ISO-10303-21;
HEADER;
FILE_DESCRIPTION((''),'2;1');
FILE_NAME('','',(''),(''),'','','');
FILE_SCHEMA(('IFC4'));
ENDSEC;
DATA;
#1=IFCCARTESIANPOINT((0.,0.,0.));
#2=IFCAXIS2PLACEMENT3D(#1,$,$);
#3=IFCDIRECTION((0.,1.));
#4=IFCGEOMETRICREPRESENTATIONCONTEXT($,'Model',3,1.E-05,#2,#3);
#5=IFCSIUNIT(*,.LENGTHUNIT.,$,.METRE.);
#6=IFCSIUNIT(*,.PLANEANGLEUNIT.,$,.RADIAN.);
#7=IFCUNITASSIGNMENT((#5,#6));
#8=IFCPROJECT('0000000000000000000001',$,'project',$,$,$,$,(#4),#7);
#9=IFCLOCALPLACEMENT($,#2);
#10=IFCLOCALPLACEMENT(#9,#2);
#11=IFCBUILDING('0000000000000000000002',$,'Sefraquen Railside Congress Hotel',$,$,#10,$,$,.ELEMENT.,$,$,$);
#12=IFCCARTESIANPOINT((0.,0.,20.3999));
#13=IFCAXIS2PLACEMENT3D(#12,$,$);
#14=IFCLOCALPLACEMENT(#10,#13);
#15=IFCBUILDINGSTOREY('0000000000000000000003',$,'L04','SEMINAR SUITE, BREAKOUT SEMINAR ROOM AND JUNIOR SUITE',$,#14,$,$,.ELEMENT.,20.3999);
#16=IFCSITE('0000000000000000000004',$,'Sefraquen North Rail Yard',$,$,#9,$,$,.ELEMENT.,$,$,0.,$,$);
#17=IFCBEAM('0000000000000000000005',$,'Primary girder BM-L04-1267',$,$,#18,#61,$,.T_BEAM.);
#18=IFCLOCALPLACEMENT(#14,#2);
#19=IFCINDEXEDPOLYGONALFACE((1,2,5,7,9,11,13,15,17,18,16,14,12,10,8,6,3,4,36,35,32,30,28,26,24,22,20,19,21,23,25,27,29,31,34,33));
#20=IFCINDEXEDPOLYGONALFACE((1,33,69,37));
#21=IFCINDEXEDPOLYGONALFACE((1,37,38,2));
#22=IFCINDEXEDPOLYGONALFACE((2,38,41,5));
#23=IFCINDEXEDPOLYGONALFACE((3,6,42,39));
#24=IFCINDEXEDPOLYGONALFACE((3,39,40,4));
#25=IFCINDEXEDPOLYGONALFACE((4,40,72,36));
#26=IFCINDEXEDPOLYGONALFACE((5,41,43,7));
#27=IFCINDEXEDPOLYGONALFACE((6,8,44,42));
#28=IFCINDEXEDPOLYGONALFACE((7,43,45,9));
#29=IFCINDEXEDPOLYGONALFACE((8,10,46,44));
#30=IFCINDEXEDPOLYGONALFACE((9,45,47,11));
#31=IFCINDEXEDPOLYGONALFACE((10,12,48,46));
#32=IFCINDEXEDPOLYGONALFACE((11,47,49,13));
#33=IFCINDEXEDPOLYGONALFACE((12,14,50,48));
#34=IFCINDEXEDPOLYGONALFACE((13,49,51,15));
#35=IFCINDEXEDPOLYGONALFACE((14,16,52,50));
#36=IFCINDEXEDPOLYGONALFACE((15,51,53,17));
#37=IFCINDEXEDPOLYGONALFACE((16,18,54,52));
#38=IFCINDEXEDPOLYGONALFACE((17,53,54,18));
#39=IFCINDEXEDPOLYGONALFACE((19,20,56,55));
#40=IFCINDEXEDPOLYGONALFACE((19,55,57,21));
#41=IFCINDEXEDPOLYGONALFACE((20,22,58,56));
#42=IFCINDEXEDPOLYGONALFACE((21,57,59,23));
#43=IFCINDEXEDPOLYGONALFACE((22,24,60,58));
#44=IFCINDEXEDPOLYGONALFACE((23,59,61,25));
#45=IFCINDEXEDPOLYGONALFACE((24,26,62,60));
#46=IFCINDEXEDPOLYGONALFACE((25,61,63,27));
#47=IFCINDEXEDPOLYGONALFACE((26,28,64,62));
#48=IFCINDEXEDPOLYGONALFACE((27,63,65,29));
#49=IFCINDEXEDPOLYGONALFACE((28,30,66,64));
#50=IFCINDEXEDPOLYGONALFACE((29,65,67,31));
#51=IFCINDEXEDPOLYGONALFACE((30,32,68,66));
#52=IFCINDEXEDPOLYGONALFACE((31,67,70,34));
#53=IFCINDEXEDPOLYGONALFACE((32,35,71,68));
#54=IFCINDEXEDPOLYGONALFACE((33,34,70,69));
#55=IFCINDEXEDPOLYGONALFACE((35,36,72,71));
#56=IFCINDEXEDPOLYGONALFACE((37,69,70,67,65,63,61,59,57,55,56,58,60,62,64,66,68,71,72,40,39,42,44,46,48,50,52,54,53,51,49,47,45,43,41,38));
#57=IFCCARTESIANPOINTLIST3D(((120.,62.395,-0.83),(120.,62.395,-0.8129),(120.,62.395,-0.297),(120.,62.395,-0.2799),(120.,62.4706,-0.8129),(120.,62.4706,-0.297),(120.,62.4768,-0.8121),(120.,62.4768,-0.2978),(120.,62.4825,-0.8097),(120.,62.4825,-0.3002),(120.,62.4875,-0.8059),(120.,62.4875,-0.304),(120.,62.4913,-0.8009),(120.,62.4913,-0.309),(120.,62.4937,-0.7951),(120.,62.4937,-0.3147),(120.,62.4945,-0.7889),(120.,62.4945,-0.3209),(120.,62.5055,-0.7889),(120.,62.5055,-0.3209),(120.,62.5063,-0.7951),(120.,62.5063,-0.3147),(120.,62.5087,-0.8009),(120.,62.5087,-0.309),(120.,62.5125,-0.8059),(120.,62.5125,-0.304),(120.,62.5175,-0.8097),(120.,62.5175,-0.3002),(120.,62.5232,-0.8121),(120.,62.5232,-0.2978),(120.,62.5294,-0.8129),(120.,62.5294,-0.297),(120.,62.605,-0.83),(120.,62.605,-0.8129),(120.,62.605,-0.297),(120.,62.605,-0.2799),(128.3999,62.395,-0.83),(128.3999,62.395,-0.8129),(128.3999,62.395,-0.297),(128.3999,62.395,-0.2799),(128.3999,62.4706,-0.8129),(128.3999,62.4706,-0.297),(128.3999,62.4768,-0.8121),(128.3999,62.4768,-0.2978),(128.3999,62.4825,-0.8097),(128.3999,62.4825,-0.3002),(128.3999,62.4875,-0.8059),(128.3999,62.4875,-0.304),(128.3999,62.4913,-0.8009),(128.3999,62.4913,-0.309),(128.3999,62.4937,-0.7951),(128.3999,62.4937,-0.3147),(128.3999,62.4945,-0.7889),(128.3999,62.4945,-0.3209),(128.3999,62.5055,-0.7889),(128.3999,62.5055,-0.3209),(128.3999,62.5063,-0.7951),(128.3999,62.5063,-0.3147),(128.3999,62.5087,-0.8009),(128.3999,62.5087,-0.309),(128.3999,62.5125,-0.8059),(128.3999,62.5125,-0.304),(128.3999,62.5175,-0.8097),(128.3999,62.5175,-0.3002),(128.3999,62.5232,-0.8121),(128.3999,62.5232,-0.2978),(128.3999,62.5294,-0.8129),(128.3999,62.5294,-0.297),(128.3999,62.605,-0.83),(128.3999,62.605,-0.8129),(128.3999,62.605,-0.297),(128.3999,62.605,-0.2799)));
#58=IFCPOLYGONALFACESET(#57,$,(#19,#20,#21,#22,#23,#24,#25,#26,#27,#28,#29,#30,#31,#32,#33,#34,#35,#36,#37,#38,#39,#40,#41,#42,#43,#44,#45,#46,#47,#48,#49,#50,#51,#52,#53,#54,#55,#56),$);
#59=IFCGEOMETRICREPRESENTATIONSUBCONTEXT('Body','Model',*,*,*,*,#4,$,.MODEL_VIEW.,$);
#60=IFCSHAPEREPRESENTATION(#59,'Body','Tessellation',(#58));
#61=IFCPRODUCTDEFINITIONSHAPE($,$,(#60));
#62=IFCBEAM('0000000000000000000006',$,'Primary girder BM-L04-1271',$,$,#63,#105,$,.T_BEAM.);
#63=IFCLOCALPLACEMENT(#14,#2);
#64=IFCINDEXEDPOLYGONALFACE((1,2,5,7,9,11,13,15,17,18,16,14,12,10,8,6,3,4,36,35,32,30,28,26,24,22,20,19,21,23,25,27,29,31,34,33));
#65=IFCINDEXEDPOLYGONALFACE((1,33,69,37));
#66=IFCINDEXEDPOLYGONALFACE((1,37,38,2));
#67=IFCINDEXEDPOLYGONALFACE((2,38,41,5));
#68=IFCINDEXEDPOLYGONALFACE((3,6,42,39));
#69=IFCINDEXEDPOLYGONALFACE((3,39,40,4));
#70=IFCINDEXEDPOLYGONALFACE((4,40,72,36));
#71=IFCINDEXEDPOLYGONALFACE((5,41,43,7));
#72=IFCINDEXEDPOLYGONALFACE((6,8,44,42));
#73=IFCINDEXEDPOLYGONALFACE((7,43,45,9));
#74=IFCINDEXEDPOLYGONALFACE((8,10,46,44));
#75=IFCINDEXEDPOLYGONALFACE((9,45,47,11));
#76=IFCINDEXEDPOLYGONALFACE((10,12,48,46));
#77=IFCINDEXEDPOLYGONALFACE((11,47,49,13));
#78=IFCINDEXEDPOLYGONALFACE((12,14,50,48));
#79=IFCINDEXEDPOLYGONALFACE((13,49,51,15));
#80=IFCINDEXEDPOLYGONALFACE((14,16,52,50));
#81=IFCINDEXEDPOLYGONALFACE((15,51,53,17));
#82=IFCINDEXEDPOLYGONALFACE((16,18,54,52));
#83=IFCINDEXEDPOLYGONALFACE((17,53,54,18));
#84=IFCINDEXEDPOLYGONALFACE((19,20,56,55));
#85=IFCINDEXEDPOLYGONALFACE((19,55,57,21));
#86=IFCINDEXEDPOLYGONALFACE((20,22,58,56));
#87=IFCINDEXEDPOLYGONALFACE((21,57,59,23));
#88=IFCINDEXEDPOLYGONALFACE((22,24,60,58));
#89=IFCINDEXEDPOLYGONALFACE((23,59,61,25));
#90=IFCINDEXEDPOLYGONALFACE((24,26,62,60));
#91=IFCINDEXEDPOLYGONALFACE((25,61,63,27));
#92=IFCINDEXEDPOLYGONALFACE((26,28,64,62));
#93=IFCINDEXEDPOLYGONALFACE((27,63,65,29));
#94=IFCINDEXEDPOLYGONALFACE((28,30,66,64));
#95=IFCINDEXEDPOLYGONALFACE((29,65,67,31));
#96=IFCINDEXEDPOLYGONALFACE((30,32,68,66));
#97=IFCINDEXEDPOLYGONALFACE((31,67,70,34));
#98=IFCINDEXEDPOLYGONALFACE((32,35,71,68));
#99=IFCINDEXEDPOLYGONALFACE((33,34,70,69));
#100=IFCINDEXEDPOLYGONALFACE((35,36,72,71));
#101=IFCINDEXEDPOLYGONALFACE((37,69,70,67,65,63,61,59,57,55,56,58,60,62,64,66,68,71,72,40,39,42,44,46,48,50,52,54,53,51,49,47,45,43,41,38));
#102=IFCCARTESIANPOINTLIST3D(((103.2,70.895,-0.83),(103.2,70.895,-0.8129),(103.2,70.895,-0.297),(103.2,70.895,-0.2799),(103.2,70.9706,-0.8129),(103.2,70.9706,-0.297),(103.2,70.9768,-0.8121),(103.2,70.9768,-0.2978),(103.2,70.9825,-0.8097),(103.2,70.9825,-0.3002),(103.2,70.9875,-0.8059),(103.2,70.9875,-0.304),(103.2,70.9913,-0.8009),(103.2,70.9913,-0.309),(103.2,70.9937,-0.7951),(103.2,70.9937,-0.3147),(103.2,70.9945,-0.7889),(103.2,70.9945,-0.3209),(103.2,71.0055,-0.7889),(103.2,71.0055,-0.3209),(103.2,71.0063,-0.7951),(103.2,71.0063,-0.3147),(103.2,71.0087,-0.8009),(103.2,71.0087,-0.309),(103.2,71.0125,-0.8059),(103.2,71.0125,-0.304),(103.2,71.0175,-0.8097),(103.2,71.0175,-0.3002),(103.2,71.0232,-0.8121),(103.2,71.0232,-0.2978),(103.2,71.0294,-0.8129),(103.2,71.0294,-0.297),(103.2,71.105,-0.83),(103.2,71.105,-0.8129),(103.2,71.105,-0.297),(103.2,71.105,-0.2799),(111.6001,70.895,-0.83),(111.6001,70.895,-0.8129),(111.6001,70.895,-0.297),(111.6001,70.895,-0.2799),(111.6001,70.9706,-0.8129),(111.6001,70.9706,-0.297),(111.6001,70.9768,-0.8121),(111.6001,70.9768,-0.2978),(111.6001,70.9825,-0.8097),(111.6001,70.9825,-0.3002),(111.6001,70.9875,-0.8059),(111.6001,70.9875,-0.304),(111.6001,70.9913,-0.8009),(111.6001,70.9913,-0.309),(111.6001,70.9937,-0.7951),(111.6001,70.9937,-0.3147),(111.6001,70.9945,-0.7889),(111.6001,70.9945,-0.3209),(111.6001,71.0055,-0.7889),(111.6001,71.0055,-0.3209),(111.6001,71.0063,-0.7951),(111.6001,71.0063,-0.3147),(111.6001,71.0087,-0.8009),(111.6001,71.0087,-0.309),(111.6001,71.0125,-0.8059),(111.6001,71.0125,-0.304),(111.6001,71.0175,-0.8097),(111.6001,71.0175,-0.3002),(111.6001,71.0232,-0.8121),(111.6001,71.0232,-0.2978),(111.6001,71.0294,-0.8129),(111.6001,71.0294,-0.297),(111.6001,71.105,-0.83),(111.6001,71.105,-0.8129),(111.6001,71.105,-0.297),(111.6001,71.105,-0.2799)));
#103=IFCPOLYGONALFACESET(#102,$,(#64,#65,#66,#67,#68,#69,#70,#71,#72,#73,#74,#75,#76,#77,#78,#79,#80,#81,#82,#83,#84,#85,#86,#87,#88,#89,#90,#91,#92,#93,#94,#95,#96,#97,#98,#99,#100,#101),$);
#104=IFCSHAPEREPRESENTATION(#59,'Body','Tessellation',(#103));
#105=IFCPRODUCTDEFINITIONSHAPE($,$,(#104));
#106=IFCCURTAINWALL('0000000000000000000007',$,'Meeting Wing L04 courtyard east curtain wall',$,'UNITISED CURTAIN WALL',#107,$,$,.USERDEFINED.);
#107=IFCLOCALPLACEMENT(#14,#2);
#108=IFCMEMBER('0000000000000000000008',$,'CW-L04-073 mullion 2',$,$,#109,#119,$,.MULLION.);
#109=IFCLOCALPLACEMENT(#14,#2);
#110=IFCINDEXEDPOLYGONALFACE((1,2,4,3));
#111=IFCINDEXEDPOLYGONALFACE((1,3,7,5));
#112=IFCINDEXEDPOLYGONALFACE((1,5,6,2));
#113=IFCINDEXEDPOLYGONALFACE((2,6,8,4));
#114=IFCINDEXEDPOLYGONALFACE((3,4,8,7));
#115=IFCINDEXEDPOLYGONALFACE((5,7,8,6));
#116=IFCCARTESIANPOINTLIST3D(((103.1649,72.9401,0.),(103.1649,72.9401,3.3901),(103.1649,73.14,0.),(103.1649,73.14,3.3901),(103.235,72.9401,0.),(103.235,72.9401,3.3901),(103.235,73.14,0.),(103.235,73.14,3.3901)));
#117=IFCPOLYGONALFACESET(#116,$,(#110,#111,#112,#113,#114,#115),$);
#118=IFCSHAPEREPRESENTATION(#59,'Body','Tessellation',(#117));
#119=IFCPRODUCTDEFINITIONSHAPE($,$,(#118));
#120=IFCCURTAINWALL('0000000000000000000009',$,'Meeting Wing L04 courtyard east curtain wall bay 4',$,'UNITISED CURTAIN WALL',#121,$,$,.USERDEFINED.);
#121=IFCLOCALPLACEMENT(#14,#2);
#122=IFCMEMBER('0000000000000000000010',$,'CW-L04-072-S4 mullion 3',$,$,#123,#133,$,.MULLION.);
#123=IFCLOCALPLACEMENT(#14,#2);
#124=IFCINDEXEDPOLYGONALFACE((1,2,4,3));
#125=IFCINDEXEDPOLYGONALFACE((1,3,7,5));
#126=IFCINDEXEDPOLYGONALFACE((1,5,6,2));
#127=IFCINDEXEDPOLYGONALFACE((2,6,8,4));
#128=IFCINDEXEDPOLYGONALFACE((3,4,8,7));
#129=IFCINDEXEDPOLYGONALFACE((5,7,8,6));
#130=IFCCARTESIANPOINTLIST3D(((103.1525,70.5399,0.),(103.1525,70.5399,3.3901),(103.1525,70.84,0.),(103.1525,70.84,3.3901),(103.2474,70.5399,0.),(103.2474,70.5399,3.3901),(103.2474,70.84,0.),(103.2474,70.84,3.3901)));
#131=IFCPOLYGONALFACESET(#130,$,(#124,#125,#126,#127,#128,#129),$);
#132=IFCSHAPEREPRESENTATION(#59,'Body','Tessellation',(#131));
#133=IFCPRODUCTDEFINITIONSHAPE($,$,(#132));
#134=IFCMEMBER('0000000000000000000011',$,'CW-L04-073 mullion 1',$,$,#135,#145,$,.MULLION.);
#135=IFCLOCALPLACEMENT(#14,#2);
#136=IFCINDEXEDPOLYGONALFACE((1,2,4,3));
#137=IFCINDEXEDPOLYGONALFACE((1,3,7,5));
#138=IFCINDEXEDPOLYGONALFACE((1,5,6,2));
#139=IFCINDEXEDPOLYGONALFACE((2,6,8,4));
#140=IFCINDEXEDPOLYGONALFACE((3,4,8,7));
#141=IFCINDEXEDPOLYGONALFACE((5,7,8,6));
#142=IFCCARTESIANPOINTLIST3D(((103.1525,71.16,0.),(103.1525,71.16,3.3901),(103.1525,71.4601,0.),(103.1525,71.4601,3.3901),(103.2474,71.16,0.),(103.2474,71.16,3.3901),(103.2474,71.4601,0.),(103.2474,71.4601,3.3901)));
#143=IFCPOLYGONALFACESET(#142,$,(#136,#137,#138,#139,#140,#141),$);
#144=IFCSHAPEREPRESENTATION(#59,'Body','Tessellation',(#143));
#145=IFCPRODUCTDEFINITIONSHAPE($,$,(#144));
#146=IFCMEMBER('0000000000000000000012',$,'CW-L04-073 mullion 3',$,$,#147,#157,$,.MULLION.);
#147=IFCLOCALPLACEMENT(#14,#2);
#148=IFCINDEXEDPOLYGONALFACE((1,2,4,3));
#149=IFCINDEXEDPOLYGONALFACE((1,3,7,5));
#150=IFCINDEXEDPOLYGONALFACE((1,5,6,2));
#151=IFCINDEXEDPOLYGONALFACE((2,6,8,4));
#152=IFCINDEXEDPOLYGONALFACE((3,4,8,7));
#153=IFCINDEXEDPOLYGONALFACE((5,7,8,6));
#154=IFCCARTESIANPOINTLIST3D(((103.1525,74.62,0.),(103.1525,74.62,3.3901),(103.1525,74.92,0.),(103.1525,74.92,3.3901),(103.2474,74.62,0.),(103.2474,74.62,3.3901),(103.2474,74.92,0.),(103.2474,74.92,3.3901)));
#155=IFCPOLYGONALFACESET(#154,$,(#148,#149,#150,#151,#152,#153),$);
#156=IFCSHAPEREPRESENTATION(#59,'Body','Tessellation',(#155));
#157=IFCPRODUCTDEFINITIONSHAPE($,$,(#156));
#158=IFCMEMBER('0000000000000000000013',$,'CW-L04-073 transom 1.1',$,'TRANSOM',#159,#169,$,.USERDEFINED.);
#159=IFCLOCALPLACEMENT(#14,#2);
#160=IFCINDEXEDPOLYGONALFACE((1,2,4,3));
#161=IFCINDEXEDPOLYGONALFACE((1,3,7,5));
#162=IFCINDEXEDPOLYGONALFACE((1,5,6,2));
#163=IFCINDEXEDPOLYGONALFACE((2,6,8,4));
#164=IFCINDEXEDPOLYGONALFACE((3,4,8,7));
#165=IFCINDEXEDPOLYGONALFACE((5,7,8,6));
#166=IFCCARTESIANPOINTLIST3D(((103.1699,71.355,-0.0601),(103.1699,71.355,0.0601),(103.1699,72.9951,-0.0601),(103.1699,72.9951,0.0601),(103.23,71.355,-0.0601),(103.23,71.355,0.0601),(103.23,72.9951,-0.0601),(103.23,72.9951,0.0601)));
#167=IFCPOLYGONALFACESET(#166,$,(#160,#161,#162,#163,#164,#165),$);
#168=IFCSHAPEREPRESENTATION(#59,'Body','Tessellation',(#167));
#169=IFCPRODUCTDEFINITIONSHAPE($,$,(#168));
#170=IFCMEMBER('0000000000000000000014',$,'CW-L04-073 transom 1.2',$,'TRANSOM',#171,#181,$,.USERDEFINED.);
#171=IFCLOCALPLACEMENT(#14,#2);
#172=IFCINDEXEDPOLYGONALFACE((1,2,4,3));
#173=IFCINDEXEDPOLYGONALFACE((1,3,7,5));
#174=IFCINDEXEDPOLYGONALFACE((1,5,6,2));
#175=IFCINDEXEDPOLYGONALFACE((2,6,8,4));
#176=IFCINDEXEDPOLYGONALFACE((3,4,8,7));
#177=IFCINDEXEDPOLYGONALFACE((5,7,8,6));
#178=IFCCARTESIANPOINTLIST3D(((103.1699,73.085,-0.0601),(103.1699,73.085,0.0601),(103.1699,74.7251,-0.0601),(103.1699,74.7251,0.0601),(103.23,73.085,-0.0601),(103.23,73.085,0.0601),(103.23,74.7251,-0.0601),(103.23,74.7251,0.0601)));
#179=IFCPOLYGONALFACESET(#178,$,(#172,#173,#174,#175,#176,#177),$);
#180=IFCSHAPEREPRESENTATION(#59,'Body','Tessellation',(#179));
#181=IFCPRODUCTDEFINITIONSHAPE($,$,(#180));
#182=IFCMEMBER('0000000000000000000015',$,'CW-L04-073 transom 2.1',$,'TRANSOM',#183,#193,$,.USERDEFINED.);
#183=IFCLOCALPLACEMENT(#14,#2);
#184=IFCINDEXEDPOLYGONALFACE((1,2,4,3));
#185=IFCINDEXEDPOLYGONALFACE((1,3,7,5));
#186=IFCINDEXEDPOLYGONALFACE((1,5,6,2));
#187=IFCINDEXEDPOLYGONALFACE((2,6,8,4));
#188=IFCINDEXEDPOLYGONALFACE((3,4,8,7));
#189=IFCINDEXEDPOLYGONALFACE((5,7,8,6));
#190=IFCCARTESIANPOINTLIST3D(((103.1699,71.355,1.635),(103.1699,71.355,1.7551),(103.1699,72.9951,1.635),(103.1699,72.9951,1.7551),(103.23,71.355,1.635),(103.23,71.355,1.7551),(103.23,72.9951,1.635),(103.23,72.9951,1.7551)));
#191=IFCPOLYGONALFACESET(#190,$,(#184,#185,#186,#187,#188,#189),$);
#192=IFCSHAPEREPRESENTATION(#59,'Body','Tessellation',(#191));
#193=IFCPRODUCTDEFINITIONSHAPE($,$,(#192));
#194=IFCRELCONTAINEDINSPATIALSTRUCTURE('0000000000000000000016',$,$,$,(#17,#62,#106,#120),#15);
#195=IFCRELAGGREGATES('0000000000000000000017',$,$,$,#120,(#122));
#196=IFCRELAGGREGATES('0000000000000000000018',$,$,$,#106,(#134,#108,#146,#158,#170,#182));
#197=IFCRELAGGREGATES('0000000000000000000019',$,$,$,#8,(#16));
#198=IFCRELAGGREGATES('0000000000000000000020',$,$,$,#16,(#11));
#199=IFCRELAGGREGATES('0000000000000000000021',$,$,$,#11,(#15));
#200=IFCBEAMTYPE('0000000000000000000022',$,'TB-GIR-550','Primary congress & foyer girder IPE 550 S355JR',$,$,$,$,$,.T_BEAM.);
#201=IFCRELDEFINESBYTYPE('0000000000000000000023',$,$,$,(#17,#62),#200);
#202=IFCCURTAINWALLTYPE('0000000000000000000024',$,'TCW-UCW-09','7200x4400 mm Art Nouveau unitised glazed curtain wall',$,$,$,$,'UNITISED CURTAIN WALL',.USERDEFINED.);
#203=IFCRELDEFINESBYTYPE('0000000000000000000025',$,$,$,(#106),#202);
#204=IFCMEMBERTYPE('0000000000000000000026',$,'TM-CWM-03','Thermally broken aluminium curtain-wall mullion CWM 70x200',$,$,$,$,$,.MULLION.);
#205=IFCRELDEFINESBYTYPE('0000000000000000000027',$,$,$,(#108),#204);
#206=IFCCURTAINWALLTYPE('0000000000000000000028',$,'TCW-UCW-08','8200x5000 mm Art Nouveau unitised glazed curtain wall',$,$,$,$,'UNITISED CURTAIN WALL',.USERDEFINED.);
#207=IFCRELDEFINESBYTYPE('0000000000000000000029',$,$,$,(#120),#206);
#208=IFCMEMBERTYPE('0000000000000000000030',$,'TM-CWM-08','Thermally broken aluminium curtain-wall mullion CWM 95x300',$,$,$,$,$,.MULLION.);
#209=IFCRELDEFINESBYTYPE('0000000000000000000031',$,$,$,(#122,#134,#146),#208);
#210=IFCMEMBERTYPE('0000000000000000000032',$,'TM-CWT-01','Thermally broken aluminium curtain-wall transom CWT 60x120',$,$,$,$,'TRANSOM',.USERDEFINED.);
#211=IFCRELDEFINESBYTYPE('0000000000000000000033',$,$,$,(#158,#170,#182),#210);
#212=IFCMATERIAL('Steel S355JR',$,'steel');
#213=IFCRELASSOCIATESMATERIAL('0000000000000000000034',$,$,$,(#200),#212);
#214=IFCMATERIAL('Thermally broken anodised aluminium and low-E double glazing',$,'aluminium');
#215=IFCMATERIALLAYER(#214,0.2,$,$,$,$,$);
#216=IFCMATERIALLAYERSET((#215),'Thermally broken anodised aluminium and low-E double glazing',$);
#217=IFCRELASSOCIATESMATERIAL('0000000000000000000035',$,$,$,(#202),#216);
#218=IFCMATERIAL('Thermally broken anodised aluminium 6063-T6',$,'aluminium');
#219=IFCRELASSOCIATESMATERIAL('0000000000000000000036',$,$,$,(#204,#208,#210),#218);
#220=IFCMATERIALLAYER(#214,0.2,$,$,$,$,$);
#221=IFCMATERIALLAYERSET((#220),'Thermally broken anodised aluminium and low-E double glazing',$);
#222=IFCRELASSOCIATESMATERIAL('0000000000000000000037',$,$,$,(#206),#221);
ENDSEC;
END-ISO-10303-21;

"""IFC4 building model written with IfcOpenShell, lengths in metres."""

from ifc_helpers import new_model, si_unit, direction, frame, origin, origin_2d, place, context, subcontext, project, spatial, rectangle, i_section, extrude, material, layer, layer_set, material_profile, profile_set, type_object, element, aggregate, save


model = new_model("IFC4")

# Units and contexts
model_context = context("Model", 3, precision=1e-05, world=origin(), true_north=direction((0.0, 1.0)))
body_context = subcontext(model_context, "Body", "Model", "MODEL_VIEW")
ifc_project = project(units=[si_unit("LENGTHUNIT", "METRE"), si_unit("PLANEANGLEUNIT", "RADIAN")], contexts=[model_context])

# Site, building, storey
site_placement = place(None, origin())
site = spatial("IfcSite", under=ifc_project, at=site_placement, Name="Sefraquen North Rail Yard", CompositionType="ELEMENT", RefElevation=0.0)
building_placement = place(site_placement, origin())
building = spatial("IfcBuilding", under=site, at=building_placement, Name="Sefraquen Railside Congress Hotel", CompositionType="ELEMENT")
storey_placement = place(building_placement, frame((0.0, 0.0, 20.3999)))
storey = spatial("IfcBuildingStorey", under=building, at=storey_placement, Name="L04", Description="SEMINAR SUITE, BREAKOUT SEMINAR ROOM AND JUNIOR SUITE", CompositionType="ELEMENT", Elevation=20.3999)

# Shared definitions
ifc_material_1 = material(Name="Steel S355JR", Category="steel")

# Beams
ifc_material_profile_1 = material_profile(ifc_material_1, i_section(OverallWidth=0.21, OverallDepth=0.55, WebThickness=0.011, FlangeThickness=0.0171, FilletRadius=0.0239, at=origin_2d()), Name="IPE 550")
ifc_profile_set_1 = profile_set([ifc_material_profile_1], Name="Steel S355JR")
beam_type_1 = type_object("IfcBeamType", Name="TB-GIR-550", Description="Primary congress & foyer girder IPE 550 S355JR", PredefinedType="T_BEAM", material=ifc_profile_set_1)
for number, where, z_axis, x_axis, name in (
    (1, (120.0, 62.5, -0.5549), (1.0, 0.0, 0.0), (0.0, 1.0, 0.0), "Primary girder BM-L04-1267"),
):
    element("IfcBeam", number, at=place(storey_placement, frame(where, z_axis=z_axis, x_axis=x_axis)), inside=storey, type_object=beam_type_1, Name=name, PredefinedType="T_BEAM", context=body_context, shape_type="SweptSolid", body=[
        extrude(i_section(OverallWidth=0.21, OverallDepth=0.55, WebThickness=0.011, FlangeThickness=0.0171, FilletRadius=0.0239, at=origin_2d()), origin(), (0.0, 0.0, 1.0), 8.3999),
    ])
beam_placement = place(storey_placement, frame((103.2, 71.0, -0.5549), z_axis=(1.0, 0.0, 0.0), x_axis=(0.0, 1.0, 0.0)))
element("IfcBeam", 2, at=beam_placement, inside=storey, type_object=beam_type_1, Name="Primary girder BM-L04-1271", PredefinedType="T_BEAM", context=body_context, shape_type="SweptSolid", body=[
    extrude(i_section(OverallWidth=0.21, OverallDepth=0.55, WebThickness=0.011, FlangeThickness=0.0171, FilletRadius=0.0239, at=origin_2d()), origin(), (0.0, 0.0, 1.0), 8.4001),
])

# Curtain walls, members
ifc_material_2 = material(Name="Thermally broken anodised aluminium and low-E double glazing", Category="aluminium")
ifc_layer_1 = layer(ifc_material_2, 0.2)
ifc_layer_set_1 = layer_set([ifc_layer_1], Name="Thermally broken anodised aluminium and low-E double glazing")
curtain_wall_type_1 = type_object("IfcCurtainWallType", Name="TCW-UCW-09", Description="7200x4400 mm Art Nouveau unitised glazed curtain wall", ElementType="UNITISED CURTAIN WALL", PredefinedType="USERDEFINED", material=ifc_layer_set_1)
curtain_wall_1_placement = place(storey_placement, origin())
curtain_wall_1 = element("IfcCurtainWall", 3, at=curtain_wall_1_placement, inside=storey, type_object=curtain_wall_type_1, Name="Meeting Wing L04 courtyard east curtain wall", ObjectType="UNITISED CURTAIN WALL", PredefinedType="USERDEFINED")
ifc_material_3 = material(Name="Thermally broken anodised aluminium 6063-T6", Category="aluminium")
ifc_material_profile_2 = material_profile(ifc_material_3, rectangle(XDim=0.0701, YDim=0.2, at=origin_2d()), Name="CWM 70x200")
ifc_profile_set_2 = profile_set([ifc_material_profile_2], Name="Thermally broken anodised aluminium 6063-T6")
member_type_1 = type_object("IfcMemberType", Name="TM-CWM-03", Description="Thermally broken aluminium curtain-wall mullion CWM 70x200", PredefinedType="MULLION", material=ifc_profile_set_2)
member_1_placement = place(storey_placement, frame((103.2, 73.04, 0.0), z_axis=(0.0, 0.0, 1.0), x_axis=(1.0, 0.0, 0.0)))
member_1 = element("IfcMember", 4, at=member_1_placement, type_object=member_type_1, Name="CW-L04-073 mullion 2", PredefinedType="MULLION", context=body_context, shape_type="SweptSolid", body=[
    extrude(rectangle(XDim=0.0701, YDim=0.2, at=origin_2d()), origin(), (0.0, 0.0, 1.0), 3.3901),
])
ifc_layer_2 = layer(ifc_material_2, 0.2)
ifc_layer_set_2 = layer_set([ifc_layer_2], Name="Thermally broken anodised aluminium and low-E double glazing")
curtain_wall_type_2 = type_object("IfcCurtainWallType", Name="TCW-UCW-08", Description="8200x5000 mm Art Nouveau unitised glazed curtain wall", ElementType="UNITISED CURTAIN WALL", PredefinedType="USERDEFINED", material=ifc_layer_set_2)
curtain_wall_2_placement = place(storey_placement, origin())
curtain_wall_2 = element("IfcCurtainWall", 5, at=curtain_wall_2_placement, inside=storey, type_object=curtain_wall_type_2, Name="Meeting Wing L04 courtyard east curtain wall bay 4", ObjectType="UNITISED CURTAIN WALL", PredefinedType="USERDEFINED")
ifc_material_profile_3 = material_profile(ifc_material_3, rectangle(XDim=0.095, YDim=0.3, at=origin_2d()), Name="CWM 95x300")
ifc_profile_set_3 = profile_set([ifc_material_profile_3], Name="Thermally broken anodised aluminium 6063-T6")
member_type_2 = type_object("IfcMemberType", Name="TM-CWM-08", Description="Thermally broken aluminium curtain-wall mullion CWM 95x300", PredefinedType="MULLION", material=ifc_profile_set_3)
member_2_placement = place(storey_placement, frame((103.2, 70.6899, 0.0), z_axis=(0.0, 0.0, 1.0), x_axis=(1.0, 0.0, 0.0)))
member_2 = element("IfcMember", 6, at=member_2_placement, type_object=member_type_2, Name="CW-L04-072-S4 mullion 3", PredefinedType="MULLION", context=body_context, shape_type="SweptSolid", body=[
    extrude(rectangle(XDim=0.095, YDim=0.3, at=origin_2d()), origin(), (0.0, 0.0, 1.0), 3.3901),
])

# Members
member_3_placement = place(storey_placement, frame((103.2, 71.3101, 0.0), z_axis=(0.0, 0.0, 1.0), x_axis=(1.0, 0.0, 0.0)))
member_3 = element("IfcMember", 7, at=member_3_placement, type_object=member_type_2, Name="CW-L04-073 mullion 1", PredefinedType="MULLION", context=body_context, shape_type="SweptSolid", body=[
    extrude(rectangle(XDim=0.095, YDim=0.3, at=origin_2d()), origin(), (0.0, 0.0, 1.0), 3.3901),
])
member_4_placement = place(storey_placement, frame((103.2, 74.77, 0.0), z_axis=(0.0, 0.0, 1.0), x_axis=(1.0, 0.0, 0.0)))
member_4 = element("IfcMember", 8, at=member_4_placement, type_object=member_type_2, Name="CW-L04-073 mullion 3", PredefinedType="MULLION", context=body_context, shape_type="SweptSolid", body=[
    extrude(rectangle(XDim=0.095, YDim=0.3, at=origin_2d()), origin(), (0.0, 0.0, 1.0), 3.3901),
])
ifc_material_profile_4 = material_profile(ifc_material_3, rectangle(XDim=0.0601, YDim=0.1201, at=origin_2d()), Name="CWT 60x120")
ifc_profile_set_4 = profile_set([ifc_material_profile_4], Name="Thermally broken anodised aluminium 6063-T6")
member_type_3 = type_object("IfcMemberType", Name="TM-CWT-01", Description="Thermally broken aluminium curtain-wall transom CWT 60x120", ElementType="TRANSOM", PredefinedType="USERDEFINED", material=ifc_profile_set_4)
member_5_placement = place(storey_placement, frame((103.2, 71.355, 0.0), z_axis=(0.0, 1.0, 0.0), x_axis=(-1.0, 0.0, 0.0)))
member_5 = element("IfcMember", 9, at=member_5_placement, type_object=member_type_3, Name="CW-L04-073 transom 1.1", ObjectType="TRANSOM", PredefinedType="USERDEFINED", context=body_context, shape_type="SweptSolid", body=[
    extrude(rectangle(XDim=0.0601, YDim=0.1201, at=origin_2d()), origin(), (0.0, 0.0, 1.0), 1.6401),
])
member_6_placement = place(storey_placement, frame((103.2, 73.085, 0.0), z_axis=(0.0, 1.0, 0.0), x_axis=(-1.0, 0.0, 0.0)))
member_6 = element("IfcMember", 10, at=member_6_placement, type_object=member_type_3, Name="CW-L04-073 transom 1.2", ObjectType="TRANSOM", PredefinedType="USERDEFINED", context=body_context, shape_type="SweptSolid", body=[
    extrude(rectangle(XDim=0.0601, YDim=0.1201, at=origin_2d()), origin(), (0.0, 0.0, 1.0), 1.6401),
])
member_7_placement = place(storey_placement, frame((103.2, 71.355, 1.6951), z_axis=(0.0, 1.0, 0.0), x_axis=(-1.0, 0.0, 0.0)))
member_7 = element("IfcMember", 11, at=member_7_placement, type_object=member_type_3, Name="CW-L04-073 transom 2.1", ObjectType="TRANSOM", PredefinedType="USERDEFINED", context=body_context, shape_type="SweptSolid", body=[
    extrude(rectangle(XDim=0.0601, YDim=0.1201, at=origin_2d()), origin(), (0.0, 0.0, 1.0), 1.6401),
])

aggregate(curtain_wall_2, [member_2])
aggregate(curtain_wall_1, [member_3, member_1, member_4, member_5, member_6, member_7])

save(model, "model.ifc")
